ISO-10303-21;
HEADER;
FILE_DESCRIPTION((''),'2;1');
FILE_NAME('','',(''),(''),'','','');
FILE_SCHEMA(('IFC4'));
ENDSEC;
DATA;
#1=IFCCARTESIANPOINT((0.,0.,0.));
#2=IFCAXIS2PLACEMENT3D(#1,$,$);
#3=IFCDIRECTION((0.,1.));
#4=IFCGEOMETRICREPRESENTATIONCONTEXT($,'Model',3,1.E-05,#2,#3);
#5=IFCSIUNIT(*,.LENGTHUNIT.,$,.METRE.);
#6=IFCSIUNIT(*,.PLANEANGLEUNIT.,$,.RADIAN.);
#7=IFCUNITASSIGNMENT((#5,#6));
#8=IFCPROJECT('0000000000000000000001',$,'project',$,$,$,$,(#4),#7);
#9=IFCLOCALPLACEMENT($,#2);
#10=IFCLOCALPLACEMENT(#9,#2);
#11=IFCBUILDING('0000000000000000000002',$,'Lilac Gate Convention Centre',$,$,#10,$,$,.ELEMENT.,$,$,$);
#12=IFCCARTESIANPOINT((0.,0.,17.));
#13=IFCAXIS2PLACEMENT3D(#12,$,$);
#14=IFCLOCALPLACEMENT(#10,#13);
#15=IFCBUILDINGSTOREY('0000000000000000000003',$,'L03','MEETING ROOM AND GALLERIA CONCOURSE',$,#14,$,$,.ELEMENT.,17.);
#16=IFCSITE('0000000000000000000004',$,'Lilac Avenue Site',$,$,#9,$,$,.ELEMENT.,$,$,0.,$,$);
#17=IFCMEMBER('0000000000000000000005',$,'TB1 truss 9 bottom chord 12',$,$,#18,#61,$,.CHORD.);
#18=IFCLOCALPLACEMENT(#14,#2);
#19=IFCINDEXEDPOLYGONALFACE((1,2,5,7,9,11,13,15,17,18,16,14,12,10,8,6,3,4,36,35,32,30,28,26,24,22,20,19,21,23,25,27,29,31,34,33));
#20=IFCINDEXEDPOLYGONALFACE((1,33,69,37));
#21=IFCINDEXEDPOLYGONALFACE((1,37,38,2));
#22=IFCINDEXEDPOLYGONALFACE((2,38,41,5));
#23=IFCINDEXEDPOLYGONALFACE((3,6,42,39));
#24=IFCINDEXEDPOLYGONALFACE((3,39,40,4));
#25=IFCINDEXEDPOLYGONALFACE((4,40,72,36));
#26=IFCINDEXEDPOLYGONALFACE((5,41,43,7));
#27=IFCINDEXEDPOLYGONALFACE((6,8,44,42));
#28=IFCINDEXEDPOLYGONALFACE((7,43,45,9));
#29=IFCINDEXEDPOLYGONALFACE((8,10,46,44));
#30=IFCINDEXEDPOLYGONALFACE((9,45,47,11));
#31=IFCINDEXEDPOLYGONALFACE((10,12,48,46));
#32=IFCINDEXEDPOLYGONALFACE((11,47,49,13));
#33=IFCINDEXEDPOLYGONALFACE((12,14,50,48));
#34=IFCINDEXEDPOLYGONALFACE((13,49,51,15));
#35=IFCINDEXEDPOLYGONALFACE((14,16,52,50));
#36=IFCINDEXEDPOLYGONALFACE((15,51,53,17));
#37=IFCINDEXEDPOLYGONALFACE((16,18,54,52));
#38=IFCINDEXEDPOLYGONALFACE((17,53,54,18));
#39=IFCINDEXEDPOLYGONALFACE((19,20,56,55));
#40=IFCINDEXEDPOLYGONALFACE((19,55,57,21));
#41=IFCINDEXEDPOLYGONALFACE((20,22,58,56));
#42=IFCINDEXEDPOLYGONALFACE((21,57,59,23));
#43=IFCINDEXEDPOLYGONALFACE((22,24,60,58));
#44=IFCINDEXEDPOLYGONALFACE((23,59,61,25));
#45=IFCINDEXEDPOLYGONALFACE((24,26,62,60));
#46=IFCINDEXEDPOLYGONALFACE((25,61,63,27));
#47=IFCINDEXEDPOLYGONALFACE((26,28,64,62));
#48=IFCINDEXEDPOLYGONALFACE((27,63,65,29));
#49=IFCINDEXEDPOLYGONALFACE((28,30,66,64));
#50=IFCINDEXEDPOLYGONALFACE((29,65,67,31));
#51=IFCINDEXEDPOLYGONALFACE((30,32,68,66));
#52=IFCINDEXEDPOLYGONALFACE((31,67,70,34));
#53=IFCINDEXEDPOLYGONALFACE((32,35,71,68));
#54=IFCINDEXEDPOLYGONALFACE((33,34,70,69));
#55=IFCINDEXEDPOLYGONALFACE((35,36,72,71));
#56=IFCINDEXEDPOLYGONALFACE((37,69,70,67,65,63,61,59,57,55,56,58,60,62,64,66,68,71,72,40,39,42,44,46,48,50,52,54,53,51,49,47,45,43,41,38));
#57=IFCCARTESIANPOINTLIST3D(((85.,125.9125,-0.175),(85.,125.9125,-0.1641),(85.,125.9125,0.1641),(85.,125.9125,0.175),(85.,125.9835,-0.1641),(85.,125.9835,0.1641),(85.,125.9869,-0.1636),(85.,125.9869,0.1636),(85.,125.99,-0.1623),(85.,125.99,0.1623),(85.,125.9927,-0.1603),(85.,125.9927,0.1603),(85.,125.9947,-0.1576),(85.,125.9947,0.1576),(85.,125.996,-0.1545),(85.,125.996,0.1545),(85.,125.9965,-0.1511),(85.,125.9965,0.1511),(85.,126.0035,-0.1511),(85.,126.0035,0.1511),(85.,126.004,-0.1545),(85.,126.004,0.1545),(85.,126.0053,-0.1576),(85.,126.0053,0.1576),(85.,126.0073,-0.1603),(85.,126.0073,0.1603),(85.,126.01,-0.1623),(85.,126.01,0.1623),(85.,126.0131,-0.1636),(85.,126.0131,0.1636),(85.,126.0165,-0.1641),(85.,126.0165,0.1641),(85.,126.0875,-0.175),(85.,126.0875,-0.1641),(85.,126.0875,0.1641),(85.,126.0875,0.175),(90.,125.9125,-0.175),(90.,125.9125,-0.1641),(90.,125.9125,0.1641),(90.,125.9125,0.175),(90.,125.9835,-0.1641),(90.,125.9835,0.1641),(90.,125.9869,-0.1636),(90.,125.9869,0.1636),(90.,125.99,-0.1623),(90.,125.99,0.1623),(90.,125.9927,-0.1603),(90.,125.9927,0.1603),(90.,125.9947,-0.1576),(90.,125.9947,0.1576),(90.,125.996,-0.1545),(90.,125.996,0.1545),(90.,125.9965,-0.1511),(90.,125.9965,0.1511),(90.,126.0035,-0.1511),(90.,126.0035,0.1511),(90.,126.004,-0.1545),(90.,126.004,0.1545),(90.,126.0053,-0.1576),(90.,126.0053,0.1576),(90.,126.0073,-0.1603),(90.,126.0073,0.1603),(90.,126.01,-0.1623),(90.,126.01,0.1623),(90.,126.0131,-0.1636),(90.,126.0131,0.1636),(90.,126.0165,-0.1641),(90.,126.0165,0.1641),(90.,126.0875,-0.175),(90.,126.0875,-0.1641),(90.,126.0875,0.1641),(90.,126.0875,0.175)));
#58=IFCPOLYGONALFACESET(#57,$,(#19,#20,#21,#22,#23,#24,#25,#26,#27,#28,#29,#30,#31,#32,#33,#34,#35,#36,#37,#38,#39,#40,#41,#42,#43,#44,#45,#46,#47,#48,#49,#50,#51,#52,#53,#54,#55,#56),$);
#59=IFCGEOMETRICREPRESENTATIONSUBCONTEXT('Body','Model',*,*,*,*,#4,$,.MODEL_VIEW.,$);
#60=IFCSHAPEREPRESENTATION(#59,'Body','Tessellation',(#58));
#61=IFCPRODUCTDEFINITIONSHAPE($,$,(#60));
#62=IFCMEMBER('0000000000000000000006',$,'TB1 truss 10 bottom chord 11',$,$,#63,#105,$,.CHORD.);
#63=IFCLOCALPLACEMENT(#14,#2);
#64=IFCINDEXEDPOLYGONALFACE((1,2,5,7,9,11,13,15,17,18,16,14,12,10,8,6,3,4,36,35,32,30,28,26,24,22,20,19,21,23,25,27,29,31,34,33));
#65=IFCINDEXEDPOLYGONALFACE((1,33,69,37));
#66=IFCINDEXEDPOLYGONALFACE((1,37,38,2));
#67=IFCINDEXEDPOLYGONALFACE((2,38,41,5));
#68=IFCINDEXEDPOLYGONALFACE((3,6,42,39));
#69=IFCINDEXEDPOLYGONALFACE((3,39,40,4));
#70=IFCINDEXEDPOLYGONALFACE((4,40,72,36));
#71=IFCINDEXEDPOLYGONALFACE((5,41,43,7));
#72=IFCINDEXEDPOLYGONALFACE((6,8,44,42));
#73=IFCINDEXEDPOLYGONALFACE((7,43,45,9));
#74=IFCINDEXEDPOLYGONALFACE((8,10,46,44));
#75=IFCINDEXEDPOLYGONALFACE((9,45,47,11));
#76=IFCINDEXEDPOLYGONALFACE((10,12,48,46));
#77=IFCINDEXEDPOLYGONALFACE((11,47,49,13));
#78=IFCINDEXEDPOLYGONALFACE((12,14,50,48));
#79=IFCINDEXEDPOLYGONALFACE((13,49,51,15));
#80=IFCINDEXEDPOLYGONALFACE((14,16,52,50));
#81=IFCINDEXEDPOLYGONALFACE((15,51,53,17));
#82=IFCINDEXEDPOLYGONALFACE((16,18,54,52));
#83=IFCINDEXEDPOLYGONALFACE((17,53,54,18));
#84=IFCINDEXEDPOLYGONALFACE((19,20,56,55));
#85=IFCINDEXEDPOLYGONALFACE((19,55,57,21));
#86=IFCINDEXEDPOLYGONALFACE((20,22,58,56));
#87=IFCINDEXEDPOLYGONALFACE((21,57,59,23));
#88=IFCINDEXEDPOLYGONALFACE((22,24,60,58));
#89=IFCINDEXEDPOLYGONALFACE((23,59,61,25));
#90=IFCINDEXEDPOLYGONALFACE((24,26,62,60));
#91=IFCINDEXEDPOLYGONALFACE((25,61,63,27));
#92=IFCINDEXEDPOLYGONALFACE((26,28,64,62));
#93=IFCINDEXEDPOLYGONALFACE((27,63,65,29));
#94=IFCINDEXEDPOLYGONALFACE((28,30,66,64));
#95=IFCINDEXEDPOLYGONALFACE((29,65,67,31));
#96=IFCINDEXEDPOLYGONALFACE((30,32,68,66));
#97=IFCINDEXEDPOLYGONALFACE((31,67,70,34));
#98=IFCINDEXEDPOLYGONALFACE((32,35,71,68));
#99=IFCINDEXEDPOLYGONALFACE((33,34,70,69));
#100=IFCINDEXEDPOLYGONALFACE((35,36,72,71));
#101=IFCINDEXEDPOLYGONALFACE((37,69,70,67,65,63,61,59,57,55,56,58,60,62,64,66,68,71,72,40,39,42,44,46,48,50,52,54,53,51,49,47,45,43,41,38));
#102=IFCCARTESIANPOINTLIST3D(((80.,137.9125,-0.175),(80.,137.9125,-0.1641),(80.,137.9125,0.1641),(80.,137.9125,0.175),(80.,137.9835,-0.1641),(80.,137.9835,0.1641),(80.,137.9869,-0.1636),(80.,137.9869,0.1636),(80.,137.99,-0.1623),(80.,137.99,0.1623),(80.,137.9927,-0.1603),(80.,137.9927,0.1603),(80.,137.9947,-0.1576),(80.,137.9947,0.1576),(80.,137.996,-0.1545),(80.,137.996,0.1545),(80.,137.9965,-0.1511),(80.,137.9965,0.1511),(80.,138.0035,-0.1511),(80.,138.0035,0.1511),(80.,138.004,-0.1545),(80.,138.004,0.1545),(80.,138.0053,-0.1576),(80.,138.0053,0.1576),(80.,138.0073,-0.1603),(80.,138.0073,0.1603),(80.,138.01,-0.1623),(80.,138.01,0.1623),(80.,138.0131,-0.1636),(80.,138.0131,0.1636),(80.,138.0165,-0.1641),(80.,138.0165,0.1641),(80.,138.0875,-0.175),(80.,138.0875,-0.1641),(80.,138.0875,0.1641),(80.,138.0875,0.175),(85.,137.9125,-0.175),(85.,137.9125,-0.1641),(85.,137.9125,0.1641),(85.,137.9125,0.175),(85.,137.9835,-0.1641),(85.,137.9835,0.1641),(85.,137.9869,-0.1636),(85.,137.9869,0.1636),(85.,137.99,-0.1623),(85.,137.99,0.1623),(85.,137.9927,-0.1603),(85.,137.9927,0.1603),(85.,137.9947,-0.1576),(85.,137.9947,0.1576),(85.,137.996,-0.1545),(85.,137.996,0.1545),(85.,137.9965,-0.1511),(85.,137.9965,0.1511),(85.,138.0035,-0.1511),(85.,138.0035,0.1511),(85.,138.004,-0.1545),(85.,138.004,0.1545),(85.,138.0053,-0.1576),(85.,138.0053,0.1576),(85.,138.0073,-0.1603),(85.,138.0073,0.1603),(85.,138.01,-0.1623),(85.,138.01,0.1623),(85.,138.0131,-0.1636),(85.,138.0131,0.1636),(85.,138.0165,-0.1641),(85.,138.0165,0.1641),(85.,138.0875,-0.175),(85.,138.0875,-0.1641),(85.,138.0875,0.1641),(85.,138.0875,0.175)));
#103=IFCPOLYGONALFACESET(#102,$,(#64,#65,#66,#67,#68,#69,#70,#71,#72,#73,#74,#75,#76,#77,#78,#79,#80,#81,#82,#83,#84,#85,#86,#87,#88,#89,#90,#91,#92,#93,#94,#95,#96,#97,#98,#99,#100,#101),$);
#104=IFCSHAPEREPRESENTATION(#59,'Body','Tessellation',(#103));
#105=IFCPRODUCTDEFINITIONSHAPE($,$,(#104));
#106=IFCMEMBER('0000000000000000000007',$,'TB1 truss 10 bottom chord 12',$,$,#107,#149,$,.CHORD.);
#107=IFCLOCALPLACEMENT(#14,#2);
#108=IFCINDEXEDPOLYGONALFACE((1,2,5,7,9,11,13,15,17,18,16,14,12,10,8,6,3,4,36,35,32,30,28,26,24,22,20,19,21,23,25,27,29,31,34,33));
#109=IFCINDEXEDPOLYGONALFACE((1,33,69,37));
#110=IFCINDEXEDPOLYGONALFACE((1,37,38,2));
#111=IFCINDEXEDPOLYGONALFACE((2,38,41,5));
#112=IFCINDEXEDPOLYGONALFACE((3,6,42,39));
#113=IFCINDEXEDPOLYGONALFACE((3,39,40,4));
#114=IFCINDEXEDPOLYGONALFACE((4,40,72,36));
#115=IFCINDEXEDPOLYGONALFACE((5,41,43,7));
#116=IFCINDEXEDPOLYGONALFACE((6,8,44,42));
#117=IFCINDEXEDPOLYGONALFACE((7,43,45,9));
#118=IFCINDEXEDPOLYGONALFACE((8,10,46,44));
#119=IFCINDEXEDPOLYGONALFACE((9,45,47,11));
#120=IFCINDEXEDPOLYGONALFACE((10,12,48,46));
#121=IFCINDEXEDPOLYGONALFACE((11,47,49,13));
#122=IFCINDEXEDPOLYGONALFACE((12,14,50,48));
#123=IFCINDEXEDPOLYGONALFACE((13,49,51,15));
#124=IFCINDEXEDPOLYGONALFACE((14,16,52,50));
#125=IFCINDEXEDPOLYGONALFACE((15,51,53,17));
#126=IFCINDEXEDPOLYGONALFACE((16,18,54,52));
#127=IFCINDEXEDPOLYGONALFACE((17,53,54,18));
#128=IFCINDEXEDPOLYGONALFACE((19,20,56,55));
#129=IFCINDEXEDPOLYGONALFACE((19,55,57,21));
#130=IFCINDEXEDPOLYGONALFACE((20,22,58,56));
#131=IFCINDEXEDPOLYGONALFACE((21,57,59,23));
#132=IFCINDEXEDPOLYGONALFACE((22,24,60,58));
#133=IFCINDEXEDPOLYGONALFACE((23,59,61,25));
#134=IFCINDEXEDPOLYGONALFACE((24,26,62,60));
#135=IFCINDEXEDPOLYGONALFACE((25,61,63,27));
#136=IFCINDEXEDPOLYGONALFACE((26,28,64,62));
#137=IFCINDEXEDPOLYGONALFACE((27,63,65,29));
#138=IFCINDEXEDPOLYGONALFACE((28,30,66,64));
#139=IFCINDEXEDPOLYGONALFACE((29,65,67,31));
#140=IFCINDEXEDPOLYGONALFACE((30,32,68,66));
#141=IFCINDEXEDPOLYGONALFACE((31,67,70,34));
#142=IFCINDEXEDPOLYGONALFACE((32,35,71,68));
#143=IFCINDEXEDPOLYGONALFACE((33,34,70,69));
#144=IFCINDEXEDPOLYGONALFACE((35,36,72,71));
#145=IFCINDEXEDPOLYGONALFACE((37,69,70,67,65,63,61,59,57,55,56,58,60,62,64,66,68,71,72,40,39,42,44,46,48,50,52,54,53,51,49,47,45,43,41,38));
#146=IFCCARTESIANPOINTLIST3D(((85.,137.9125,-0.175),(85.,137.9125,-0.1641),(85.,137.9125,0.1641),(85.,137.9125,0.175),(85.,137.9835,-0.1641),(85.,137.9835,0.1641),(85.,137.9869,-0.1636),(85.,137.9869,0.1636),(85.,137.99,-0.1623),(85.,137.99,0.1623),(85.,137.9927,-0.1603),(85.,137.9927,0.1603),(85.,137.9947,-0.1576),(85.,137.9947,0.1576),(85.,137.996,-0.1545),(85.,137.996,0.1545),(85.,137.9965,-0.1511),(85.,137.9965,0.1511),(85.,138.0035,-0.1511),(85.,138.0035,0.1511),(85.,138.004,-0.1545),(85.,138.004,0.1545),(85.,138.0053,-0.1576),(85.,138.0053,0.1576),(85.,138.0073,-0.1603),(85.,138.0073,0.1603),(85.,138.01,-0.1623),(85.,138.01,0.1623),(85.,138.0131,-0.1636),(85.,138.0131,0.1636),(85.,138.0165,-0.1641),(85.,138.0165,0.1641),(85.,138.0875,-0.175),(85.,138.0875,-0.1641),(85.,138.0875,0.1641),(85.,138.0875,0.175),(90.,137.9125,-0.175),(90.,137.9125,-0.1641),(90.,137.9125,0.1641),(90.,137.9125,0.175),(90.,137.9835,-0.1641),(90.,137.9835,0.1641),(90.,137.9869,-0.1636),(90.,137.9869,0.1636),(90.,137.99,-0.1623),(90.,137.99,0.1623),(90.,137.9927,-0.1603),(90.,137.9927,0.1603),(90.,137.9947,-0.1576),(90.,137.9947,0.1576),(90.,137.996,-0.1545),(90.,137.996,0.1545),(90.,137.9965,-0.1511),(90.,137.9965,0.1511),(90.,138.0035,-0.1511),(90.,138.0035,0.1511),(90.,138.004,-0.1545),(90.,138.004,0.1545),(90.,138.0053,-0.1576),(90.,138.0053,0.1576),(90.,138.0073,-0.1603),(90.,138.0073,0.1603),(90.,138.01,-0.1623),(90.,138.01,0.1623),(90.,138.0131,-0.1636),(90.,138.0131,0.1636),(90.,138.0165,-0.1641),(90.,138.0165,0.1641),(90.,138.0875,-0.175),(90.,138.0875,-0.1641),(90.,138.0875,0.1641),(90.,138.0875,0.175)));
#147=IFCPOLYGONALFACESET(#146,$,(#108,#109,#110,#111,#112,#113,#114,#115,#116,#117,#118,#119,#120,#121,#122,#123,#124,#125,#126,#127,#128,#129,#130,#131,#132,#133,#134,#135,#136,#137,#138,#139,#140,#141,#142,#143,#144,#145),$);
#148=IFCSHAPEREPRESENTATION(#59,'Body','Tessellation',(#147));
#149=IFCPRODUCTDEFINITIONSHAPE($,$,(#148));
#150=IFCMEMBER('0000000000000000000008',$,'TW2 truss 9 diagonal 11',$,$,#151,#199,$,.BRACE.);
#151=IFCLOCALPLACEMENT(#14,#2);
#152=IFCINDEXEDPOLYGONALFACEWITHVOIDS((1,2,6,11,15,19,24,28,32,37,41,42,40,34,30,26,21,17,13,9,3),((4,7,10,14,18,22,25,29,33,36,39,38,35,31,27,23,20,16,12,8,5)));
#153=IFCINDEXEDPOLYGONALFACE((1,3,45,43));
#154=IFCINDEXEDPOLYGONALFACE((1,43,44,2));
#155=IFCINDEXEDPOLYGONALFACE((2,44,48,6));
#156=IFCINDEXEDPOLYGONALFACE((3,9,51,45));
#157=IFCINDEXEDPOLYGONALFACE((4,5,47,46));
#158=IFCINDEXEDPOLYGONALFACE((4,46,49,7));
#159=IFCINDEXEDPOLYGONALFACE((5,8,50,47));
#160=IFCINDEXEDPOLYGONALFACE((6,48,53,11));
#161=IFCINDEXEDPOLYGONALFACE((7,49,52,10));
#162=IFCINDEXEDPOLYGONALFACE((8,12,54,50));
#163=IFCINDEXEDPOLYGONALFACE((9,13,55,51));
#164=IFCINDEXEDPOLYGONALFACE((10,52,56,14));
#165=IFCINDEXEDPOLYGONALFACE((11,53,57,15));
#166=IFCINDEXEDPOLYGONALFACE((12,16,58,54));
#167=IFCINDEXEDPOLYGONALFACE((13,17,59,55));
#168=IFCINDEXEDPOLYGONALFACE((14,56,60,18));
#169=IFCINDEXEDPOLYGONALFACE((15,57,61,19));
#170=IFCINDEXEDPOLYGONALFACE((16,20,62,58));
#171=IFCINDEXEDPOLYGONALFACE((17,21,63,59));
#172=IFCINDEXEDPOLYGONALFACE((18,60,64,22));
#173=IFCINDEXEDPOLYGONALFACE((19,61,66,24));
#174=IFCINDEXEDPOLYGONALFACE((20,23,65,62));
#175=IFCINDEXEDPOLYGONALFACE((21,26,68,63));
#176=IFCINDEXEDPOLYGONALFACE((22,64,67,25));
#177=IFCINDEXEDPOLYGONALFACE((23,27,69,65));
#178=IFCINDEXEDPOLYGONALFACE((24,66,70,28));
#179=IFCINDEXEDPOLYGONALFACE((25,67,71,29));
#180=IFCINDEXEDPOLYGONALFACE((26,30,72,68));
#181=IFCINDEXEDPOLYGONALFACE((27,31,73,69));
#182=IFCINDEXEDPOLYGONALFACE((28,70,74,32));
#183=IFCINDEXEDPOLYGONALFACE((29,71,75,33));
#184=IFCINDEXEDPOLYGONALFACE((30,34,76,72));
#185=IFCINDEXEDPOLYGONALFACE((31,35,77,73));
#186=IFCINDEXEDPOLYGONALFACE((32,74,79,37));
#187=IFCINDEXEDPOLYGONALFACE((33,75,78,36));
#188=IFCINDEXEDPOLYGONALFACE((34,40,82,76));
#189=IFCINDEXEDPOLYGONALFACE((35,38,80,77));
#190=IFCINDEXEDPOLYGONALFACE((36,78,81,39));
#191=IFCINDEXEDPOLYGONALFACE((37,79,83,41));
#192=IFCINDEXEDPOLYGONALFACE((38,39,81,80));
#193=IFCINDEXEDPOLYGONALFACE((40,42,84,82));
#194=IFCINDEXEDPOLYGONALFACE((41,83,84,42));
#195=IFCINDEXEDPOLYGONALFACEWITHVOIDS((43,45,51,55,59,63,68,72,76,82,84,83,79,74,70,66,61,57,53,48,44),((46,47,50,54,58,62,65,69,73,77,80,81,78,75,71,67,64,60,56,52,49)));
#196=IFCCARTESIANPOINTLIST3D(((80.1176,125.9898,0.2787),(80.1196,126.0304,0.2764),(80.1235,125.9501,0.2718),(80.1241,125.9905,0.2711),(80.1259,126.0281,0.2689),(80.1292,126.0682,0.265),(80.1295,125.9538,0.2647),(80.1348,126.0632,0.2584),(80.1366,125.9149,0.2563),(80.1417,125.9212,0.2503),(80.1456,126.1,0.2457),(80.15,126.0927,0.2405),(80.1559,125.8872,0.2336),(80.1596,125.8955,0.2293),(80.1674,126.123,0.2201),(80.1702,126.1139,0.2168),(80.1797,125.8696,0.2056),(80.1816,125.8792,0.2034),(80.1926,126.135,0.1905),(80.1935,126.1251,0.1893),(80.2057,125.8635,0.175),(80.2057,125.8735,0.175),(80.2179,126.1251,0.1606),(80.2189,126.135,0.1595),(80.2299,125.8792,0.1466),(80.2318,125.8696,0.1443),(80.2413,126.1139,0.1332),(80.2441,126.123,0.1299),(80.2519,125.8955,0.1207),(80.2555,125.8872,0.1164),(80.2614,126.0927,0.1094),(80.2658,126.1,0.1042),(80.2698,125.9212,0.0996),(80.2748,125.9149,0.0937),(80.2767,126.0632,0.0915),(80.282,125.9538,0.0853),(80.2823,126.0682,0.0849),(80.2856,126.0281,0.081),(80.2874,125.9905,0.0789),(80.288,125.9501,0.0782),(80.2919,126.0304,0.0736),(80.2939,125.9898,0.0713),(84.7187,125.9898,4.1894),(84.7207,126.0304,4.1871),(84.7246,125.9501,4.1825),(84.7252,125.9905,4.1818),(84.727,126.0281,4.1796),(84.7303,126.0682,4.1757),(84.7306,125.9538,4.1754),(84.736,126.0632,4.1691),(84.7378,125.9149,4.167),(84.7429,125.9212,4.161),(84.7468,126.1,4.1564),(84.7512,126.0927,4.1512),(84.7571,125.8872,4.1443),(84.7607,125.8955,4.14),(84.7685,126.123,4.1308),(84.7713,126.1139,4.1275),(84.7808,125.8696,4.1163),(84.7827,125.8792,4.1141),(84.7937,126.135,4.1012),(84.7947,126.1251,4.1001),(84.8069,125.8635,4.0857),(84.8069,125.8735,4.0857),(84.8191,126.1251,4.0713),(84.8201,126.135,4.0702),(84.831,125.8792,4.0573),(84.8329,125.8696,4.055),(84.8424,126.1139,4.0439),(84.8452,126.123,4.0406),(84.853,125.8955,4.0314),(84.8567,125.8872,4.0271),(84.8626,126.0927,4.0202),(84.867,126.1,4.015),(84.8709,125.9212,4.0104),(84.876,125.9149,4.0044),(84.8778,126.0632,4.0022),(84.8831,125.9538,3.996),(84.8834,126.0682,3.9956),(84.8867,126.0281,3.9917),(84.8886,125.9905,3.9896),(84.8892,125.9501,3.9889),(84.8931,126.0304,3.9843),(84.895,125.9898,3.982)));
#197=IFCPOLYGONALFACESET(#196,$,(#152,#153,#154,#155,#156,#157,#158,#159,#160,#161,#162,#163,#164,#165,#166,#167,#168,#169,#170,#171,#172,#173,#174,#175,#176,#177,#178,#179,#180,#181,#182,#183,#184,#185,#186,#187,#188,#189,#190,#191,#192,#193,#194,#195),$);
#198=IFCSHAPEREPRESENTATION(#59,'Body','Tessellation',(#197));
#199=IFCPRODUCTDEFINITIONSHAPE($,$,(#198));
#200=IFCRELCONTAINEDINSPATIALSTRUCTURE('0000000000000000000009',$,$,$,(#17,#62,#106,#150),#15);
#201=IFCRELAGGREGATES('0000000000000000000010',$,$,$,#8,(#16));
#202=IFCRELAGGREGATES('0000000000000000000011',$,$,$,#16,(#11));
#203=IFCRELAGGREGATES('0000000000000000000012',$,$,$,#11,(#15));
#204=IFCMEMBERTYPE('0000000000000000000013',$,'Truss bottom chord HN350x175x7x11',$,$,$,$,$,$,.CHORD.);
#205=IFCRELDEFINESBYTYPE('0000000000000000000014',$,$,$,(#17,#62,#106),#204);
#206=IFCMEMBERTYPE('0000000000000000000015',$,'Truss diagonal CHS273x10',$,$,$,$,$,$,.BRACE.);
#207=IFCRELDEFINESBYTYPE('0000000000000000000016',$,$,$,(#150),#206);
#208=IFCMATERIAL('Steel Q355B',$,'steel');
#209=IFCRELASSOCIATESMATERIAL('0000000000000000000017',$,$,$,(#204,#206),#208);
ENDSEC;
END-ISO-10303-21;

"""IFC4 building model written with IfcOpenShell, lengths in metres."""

from ifc_helpers import new_model, si_unit, direction, frame, origin, origin_2d, place, context, subcontext, project, spatial, hollow_circle, i_section, extrude, material, material_profile, profile_set, type_object, element, save


model = new_model("IFC4")

# Units and contexts
model_context = context("Model", 3, precision=1e-05, world=origin(), true_north=direction((0.0, 1.0)))
body_context = subcontext(model_context, "Body", "Model", "MODEL_VIEW")
ifc_project = project(units=[si_unit("LENGTHUNIT", "METRE"), si_unit("PLANEANGLEUNIT", "RADIAN")], contexts=[model_context])

# Site, building, storey
site_placement = place(None, origin())
site = spatial("IfcSite", under=ifc_project, at=site_placement, Name="Lilac Avenue Site", CompositionType="ELEMENT", RefElevation=0.0)
building_placement = place(site_placement, origin())
building = spatial("IfcBuilding", under=site, at=building_placement, Name="Lilac Gate Convention Centre", CompositionType="ELEMENT")
storey_placement = place(building_placement, frame((0.0, 0.0, 17.0)))
storey = spatial("IfcBuildingStorey", under=building, at=storey_placement, Name="L03", Description="MEETING ROOM AND GALLERIA CONCOURSE", CompositionType="ELEMENT", Elevation=17.0)

# Members
ifc_material = material(Name="Steel Q355B", Category="steel")
ifc_material_profile_1 = material_profile(ifc_material, i_section(OverallWidth=0.175, OverallDepth=0.3501, WebThickness=0.0071, FlangeThickness=0.011, FilletRadius=0.0129, at=origin_2d()), Name="HN350x175x7x11")
ifc_profile_set_1 = profile_set([ifc_material_profile_1], Name="Steel Q355B")
member_type_1 = type_object("IfcMemberType", Name="Truss bottom chord HN350x175x7x11", PredefinedType="CHORD", material=ifc_profile_set_1)
for number, where, z_axis, x_axis, name in (
    (1, (85.0, 126.0, 0.0), (1.0, 0.0, 0.0), (0.0, 1.0, 0.0), "TB1 truss 9 bottom chord 12"),
    (2, (80.0, 138.0, 0.0), (1.0, 0.0, 0.0), (0.0, 1.0, 0.0), "TB1 truss 10 bottom chord 11"),
    (3, (85.0, 138.0, 0.0), (1.0, 0.0, 0.0), (0.0, 1.0, 0.0), "TB1 truss 10 bottom chord 12"),
):
    element("IfcMember", number, at=place(storey_placement, frame(where, z_axis=z_axis, x_axis=x_axis)), inside=storey, type_object=member_type_1, Name=name, PredefinedType="CHORD", context=body_context, shape_type="SweptSolid", body=[
        extrude(i_section(OverallWidth=0.175, OverallDepth=0.3501, WebThickness=0.0071, FlangeThickness=0.011, FilletRadius=0.0129, at=origin_2d()), origin(), (0.0, 0.0, 1.0), 5.0),
    ])
ifc_material_profile_2 = material_profile(ifc_material, hollow_circle(Radius=0.1365, WallThickness=0.01, at=origin_2d()), Name="CHS273x10")
ifc_profile_set_2 = profile_set([ifc_material_profile_2], Name="Steel Q355B")
member_type_2 = type_object("IfcMemberType", Name="Truss diagonal CHS273x10", PredefinedType="BRACE", material=ifc_profile_set_2)
member_1_placement = place(storey_placement, frame((84.8069, 126.0, 4.0857), z_axis=(-0.761961, 0.0, -0.647623), x_axis=(0.0, -1.0, 0.0)))
element("IfcMember", 4, at=member_1_placement, inside=storey, type_object=member_type_2, Name="TW2 truss 9 diagonal 11", PredefinedType="BRACE", context=body_context, shape_type="SweptSolid", body=[
    extrude(hollow_circle(Radius=0.1365, WallThickness=0.01, at=origin_2d()), origin(), (0.0, 0.0, 1.0), 6.0386),
])

save(model, "model.ifc")
